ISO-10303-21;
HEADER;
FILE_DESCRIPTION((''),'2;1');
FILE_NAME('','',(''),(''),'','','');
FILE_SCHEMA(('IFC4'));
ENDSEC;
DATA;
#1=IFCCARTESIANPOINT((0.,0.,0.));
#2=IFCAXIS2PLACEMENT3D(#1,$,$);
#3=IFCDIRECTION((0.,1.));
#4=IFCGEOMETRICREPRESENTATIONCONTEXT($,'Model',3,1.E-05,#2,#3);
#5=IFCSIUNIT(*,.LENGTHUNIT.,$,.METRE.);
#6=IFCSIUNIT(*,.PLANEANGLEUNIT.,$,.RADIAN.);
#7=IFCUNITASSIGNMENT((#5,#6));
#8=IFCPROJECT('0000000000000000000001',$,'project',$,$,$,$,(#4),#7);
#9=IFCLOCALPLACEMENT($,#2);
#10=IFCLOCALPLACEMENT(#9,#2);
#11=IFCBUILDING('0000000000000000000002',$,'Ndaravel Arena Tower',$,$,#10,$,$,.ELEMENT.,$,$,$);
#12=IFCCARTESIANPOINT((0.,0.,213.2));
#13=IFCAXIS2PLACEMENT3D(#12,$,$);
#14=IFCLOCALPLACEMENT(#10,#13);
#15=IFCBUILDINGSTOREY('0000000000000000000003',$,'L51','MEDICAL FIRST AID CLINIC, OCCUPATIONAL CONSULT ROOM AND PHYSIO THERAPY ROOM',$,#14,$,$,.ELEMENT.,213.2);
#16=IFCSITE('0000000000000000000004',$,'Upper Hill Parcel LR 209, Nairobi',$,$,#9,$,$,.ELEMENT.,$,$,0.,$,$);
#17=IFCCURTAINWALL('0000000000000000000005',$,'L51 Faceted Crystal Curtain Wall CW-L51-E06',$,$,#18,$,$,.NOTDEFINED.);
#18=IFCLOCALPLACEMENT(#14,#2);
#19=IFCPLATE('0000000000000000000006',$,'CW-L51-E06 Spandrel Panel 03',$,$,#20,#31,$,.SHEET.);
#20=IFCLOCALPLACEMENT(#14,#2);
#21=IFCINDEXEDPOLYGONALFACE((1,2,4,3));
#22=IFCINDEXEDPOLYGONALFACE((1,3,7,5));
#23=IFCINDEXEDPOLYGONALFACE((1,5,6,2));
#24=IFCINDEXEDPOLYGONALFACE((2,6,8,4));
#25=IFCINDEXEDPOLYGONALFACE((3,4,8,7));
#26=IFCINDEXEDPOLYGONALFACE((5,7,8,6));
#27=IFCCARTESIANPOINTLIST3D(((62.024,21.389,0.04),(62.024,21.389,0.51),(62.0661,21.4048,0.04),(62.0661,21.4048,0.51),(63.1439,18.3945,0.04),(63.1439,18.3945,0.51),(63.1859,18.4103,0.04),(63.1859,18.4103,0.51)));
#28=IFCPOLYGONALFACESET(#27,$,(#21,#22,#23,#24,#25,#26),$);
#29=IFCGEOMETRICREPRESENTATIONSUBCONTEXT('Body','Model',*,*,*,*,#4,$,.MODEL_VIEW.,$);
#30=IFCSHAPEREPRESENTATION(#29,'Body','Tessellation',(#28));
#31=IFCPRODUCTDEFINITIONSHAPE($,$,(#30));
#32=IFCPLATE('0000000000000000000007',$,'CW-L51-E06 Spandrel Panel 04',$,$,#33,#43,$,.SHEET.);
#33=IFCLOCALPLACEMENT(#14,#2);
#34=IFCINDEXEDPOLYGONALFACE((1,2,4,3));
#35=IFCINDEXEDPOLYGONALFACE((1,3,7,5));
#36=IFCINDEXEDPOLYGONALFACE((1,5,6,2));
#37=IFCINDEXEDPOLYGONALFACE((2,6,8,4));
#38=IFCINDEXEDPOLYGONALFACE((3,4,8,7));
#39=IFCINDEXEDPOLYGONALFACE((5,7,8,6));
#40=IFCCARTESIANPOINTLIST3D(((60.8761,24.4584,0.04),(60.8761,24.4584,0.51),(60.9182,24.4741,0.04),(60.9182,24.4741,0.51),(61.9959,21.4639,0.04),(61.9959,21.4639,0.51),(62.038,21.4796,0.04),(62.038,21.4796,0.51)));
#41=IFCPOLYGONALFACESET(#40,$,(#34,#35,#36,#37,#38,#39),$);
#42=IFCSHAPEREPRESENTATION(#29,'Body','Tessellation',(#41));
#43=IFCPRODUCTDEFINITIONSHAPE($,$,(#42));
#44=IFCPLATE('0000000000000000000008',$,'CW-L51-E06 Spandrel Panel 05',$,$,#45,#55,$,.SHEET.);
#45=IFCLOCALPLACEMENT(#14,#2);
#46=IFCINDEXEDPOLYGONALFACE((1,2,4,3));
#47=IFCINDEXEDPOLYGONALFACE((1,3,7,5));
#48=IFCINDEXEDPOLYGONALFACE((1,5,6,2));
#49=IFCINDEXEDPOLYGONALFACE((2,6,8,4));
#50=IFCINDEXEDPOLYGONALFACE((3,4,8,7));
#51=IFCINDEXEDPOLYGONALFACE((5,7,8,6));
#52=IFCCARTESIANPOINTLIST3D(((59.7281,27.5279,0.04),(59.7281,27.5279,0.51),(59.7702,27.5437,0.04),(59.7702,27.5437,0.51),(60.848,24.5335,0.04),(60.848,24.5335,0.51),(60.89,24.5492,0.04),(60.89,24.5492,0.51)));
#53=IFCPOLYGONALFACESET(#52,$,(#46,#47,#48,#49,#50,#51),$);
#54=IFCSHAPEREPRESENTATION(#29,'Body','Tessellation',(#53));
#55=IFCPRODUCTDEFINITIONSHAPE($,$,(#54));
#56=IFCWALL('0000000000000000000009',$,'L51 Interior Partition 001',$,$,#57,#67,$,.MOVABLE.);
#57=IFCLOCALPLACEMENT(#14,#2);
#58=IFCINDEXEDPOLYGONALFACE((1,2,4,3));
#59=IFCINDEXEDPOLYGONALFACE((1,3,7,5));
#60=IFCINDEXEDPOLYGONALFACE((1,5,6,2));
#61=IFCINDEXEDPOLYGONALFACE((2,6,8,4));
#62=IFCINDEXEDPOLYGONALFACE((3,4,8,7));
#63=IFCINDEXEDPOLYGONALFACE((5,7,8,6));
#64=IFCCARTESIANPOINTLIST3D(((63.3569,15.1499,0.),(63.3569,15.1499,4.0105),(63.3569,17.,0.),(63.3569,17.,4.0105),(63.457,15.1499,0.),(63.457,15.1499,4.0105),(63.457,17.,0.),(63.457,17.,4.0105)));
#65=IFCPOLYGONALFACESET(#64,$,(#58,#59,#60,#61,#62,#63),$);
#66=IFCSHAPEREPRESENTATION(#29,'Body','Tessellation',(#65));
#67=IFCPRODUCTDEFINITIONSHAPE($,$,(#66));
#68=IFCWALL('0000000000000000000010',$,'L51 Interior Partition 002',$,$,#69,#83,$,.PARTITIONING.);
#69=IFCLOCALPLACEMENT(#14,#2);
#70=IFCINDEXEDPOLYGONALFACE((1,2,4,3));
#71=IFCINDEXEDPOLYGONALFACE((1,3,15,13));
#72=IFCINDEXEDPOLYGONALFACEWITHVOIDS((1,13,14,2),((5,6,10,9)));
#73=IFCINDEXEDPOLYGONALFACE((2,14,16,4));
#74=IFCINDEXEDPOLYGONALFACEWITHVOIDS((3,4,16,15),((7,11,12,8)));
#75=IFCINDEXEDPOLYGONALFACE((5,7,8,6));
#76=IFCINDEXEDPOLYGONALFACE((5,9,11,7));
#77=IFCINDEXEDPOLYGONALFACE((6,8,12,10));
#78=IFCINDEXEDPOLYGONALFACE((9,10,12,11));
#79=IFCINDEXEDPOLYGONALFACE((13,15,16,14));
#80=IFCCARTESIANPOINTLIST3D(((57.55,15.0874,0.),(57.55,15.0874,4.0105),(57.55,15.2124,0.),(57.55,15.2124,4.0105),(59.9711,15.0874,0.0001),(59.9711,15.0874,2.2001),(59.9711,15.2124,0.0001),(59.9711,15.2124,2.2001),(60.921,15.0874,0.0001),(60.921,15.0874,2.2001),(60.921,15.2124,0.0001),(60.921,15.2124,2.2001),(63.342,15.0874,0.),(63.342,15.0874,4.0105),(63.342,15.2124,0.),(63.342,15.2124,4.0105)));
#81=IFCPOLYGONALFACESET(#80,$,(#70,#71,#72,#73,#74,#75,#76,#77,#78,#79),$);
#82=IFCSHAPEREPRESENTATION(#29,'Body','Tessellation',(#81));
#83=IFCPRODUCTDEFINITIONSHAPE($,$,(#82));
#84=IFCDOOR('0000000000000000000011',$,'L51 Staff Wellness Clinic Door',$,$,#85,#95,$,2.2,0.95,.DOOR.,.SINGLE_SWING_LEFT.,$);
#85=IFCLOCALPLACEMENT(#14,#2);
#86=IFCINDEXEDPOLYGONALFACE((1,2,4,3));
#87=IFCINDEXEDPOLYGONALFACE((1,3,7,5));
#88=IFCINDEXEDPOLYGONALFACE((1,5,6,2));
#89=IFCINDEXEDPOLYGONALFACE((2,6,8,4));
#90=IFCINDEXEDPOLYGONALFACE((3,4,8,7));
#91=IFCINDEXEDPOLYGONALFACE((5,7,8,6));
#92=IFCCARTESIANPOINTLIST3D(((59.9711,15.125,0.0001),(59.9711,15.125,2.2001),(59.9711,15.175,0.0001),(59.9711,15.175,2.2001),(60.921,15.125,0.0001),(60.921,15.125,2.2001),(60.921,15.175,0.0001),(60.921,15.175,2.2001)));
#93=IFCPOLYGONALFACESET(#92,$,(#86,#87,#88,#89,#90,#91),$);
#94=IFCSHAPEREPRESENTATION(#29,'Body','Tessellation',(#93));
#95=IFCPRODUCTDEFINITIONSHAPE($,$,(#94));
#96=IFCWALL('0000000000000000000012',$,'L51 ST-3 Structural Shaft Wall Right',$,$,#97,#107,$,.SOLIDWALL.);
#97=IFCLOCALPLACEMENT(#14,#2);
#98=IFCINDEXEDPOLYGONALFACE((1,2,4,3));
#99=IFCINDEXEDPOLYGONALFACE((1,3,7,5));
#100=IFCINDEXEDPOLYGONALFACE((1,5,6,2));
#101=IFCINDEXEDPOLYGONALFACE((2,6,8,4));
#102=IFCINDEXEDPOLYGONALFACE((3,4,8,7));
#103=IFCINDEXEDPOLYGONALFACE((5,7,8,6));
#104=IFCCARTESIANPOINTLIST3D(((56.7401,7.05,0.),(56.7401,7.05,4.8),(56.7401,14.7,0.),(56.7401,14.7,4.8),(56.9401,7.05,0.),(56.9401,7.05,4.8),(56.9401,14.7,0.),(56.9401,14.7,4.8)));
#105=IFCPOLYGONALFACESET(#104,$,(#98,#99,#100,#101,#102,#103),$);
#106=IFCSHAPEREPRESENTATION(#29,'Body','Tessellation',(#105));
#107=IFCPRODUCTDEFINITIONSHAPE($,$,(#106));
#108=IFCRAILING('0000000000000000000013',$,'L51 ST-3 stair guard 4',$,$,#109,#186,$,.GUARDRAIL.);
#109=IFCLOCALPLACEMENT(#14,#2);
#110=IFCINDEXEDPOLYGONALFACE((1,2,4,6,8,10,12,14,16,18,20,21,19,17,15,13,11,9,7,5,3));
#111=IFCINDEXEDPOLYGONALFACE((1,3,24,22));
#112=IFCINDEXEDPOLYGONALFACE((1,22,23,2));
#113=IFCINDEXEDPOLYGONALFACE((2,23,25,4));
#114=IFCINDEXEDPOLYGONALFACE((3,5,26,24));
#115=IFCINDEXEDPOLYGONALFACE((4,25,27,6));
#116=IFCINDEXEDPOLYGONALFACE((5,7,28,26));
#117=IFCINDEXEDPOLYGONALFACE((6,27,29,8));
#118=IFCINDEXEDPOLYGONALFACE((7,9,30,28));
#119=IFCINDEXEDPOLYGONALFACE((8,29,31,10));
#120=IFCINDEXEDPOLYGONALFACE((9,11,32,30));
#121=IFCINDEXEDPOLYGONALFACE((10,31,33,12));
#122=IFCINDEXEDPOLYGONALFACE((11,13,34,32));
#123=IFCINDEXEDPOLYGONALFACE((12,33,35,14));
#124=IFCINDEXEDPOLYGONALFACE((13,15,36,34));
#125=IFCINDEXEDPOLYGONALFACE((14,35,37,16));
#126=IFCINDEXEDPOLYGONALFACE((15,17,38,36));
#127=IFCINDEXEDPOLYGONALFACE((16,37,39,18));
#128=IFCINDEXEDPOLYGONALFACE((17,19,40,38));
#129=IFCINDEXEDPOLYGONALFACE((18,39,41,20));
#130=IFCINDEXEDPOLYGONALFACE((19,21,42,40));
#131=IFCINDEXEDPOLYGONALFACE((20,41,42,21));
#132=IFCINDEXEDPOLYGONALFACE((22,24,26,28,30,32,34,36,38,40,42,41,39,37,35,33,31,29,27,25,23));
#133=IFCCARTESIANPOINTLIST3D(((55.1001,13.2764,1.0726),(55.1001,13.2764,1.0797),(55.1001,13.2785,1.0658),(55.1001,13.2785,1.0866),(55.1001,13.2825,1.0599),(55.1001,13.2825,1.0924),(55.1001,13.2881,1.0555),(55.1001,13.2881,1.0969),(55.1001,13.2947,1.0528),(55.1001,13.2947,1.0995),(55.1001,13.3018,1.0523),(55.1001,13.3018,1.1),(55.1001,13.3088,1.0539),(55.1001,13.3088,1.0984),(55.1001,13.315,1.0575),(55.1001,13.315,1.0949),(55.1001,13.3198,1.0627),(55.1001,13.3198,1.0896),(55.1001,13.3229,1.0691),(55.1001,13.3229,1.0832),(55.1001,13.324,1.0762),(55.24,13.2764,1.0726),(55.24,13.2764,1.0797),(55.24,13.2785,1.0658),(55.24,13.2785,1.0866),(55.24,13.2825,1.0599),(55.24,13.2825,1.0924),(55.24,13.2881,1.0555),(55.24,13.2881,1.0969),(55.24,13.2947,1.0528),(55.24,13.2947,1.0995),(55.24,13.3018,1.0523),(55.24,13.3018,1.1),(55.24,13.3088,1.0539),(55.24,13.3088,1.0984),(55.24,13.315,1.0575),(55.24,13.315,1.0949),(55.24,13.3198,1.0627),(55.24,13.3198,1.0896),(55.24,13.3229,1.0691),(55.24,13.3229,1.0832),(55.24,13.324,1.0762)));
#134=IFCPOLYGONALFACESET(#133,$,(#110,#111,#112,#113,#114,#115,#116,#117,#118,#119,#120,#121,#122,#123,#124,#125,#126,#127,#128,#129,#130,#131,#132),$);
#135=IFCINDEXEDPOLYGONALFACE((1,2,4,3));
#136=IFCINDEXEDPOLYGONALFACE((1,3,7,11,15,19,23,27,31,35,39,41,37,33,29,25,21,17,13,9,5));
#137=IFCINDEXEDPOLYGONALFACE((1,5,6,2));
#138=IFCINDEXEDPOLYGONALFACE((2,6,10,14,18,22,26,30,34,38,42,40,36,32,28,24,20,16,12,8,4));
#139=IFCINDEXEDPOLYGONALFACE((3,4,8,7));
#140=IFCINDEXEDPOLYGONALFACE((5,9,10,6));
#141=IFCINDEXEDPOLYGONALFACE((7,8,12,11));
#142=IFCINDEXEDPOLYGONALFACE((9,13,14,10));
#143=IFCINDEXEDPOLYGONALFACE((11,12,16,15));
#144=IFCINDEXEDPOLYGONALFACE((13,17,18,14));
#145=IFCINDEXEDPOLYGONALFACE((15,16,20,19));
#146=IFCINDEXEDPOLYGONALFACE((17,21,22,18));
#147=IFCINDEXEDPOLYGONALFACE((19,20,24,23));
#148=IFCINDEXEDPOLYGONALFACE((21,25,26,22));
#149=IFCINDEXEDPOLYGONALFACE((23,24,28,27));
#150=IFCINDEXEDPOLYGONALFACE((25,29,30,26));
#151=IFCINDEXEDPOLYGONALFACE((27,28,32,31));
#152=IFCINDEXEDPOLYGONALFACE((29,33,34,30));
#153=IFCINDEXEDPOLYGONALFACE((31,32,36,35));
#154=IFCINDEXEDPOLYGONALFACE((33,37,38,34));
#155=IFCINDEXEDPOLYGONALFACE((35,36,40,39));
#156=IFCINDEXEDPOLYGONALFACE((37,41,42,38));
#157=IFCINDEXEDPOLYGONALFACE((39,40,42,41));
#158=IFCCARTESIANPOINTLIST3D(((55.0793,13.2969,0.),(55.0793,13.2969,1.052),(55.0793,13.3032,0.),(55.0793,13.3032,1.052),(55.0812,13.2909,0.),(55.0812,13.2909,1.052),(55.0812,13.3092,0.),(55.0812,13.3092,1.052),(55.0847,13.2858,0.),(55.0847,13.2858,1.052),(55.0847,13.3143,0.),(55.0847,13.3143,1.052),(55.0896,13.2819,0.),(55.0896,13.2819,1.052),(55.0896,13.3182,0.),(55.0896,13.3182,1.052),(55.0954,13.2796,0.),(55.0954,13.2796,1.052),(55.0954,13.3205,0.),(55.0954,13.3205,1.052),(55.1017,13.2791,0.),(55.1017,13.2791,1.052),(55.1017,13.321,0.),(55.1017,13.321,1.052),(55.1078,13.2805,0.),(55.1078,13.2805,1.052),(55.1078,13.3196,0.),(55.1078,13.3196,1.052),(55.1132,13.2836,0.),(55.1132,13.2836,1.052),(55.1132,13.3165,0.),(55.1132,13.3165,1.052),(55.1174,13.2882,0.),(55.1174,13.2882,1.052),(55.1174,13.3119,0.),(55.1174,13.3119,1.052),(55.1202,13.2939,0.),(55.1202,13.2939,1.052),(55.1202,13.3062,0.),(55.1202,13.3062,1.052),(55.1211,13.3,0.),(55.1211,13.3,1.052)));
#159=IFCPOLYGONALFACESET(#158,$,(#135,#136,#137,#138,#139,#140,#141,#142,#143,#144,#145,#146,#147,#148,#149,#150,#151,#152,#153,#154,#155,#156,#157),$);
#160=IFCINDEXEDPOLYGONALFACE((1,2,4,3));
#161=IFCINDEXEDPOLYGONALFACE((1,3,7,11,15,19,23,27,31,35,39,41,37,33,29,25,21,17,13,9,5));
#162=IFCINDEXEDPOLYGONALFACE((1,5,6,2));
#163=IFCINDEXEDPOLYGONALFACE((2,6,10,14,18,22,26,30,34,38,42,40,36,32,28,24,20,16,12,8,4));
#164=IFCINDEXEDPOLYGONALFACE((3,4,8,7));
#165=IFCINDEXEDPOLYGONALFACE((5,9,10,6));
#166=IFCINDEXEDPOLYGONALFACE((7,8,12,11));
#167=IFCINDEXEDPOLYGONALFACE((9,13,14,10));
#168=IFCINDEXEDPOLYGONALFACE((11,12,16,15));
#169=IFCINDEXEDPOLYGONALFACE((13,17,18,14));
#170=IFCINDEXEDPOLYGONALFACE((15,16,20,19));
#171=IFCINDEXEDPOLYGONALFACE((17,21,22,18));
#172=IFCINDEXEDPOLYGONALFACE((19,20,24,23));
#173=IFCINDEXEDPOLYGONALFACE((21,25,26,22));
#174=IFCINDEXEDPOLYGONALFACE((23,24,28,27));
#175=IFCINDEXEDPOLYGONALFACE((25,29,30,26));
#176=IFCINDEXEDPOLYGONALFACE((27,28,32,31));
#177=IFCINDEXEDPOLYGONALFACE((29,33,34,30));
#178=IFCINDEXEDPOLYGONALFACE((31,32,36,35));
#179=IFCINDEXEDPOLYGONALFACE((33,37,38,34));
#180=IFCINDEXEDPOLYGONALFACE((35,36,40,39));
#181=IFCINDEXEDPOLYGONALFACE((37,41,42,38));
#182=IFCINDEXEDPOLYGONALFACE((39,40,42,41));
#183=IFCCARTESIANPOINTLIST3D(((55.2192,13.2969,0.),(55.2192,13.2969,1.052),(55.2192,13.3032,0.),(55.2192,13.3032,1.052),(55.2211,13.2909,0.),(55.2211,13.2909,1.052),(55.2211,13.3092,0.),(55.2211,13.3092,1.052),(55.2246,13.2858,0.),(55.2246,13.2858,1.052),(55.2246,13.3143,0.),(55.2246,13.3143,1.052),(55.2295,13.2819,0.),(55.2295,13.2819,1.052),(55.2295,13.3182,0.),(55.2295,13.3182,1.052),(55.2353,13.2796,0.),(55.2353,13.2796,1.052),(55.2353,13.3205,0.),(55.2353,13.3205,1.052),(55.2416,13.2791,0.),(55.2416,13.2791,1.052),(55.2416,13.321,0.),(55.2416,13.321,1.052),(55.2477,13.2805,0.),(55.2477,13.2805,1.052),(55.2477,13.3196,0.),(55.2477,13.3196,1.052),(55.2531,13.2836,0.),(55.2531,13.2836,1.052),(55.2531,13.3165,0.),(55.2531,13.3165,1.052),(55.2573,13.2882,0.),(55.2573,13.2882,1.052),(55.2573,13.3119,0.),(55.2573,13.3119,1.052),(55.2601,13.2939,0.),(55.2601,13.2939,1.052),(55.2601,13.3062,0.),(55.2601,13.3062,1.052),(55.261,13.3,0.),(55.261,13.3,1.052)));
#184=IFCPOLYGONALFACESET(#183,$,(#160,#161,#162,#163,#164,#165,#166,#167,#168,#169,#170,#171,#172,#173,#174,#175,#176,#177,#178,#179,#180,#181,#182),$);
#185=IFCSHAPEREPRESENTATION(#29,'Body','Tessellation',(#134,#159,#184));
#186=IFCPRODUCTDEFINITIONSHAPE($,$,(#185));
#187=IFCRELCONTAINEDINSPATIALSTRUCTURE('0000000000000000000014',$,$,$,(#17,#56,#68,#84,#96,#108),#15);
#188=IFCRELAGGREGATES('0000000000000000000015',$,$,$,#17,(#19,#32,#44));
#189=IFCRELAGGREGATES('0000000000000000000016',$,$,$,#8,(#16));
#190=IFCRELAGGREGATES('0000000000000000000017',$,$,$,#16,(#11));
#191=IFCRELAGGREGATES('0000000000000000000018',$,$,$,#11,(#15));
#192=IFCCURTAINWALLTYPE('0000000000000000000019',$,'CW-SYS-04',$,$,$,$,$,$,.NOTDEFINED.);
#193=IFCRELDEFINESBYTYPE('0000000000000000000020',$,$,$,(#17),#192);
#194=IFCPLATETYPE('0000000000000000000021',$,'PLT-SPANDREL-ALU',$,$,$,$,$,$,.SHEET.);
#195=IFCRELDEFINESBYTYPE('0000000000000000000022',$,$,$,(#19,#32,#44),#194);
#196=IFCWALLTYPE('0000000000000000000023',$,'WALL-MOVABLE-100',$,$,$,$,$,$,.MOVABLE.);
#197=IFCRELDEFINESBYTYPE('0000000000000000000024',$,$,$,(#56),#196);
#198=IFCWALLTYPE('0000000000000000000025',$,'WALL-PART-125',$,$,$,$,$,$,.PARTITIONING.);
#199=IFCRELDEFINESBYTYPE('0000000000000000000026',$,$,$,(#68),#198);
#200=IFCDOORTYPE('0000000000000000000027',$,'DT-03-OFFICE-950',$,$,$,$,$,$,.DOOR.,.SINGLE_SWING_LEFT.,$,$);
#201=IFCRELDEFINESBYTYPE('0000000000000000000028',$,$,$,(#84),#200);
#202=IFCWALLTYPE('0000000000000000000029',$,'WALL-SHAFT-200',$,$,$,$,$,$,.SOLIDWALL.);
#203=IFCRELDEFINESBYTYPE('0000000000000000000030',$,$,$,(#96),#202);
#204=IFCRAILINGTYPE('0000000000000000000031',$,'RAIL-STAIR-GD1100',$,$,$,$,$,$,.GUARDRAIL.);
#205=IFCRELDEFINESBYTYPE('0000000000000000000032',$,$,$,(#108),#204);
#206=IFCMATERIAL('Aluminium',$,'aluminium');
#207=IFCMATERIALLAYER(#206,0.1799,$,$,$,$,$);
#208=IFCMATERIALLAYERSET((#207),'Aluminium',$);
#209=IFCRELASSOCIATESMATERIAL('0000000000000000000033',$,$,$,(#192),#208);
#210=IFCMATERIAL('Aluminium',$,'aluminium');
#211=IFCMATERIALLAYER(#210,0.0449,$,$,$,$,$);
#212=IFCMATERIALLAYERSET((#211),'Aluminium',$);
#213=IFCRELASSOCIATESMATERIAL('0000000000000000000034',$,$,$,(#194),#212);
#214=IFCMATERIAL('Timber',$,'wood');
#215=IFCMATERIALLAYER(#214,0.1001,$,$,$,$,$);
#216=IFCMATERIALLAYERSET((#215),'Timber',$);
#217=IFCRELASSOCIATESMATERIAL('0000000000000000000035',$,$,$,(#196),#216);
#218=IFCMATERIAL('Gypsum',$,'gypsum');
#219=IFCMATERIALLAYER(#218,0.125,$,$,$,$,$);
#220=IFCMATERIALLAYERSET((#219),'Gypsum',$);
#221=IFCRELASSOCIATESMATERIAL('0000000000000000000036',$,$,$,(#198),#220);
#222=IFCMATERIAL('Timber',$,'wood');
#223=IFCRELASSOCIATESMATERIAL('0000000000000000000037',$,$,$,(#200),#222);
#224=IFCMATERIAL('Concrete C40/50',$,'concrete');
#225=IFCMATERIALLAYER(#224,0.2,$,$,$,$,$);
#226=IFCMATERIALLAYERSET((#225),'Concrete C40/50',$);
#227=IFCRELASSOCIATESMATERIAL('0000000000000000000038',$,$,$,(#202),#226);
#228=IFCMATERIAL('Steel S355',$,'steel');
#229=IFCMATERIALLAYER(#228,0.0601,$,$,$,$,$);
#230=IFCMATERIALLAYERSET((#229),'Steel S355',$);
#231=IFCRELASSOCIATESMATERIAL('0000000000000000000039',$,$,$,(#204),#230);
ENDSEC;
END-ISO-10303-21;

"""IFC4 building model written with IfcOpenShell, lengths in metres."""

from ifc_helpers import new_model, si_unit, direction, frame, frame_2d, origin, origin_2d, place, context, subcontext, project, spatial, rectangle, circle, extrude, material, layer, layer_set, type_object, element, fill, aggregate, save


model = new_model("IFC4")

# Units and contexts
model_context = context("Model", 3, precision=1e-05, world=origin(), true_north=direction((0.0, 1.0)))
body_context = subcontext(model_context, "Body", "Model", "MODEL_VIEW")
ifc_project = project(units=[si_unit("LENGTHUNIT", "METRE"), si_unit("PLANEANGLEUNIT", "RADIAN")], contexts=[model_context])

# Site, building, storey
site_placement = place(None, origin())
site = spatial("IfcSite", under=ifc_project, at=site_placement, Name="Upper Hill Parcel LR 209, Nairobi", CompositionType="ELEMENT", RefElevation=0.0)
building_placement = place(site_placement, origin())
building = spatial("IfcBuilding", under=site, at=building_placement, Name="Ndaravel Arena Tower", CompositionType="ELEMENT")
storey_placement = place(building_placement, frame((0.0, 0.0, 213.2)))
storey = spatial("IfcBuildingStorey", under=building, at=storey_placement, Name="L51", Description="MEDICAL FIRST AID CLINIC, OCCUPATIONAL CONSULT ROOM AND PHYSIO THERAPY ROOM", CompositionType="ELEMENT", Elevation=213.2)

# Curtain wall
ifc_material_1 = material(Name="Aluminium", Category="aluminium")
ifc_layer_1 = layer(ifc_material_1, 0.1799)
ifc_layer_set_1 = layer_set([ifc_layer_1], Name="Aluminium")
curtain_wall_type = type_object("IfcCurtainWallType", Name="CW-SYS-04", PredefinedType="NOTDEFINED", material=ifc_layer_set_1)
curtain_wall_placement = place(storey_placement, origin())
curtain_wall = element("IfcCurtainWall", 1, at=curtain_wall_placement, inside=storey, type_object=curtain_wall_type, Name="L51 Faceted Crystal Curtain Wall CW-L51-E06", PredefinedType="NOTDEFINED")

# Plates
ifc_material_2 = material(Name="Aluminium", Category="aluminium")
ifc_layer_2 = layer(ifc_material_2, 0.0449)
ifc_layer_set_2 = layer_set([ifc_layer_2], Name="Aluminium")
plate_type_1 = type_object("IfcPlateType", Name="PLT-SPANDREL-ALU", PredefinedType="SHEET", material=ifc_layer_set_2)
plate_1_placement = place(storey_placement, frame((62.605, 19.8997, 0.04), z_axis=(0.0, 0.0, 1.0), x_axis=(-0.350273, 0.936648, 0.0)))
plate_1 = element("IfcPlate", 2, at=plate_1_placement, type_object=plate_type_1, Name="CW-L51-E06 Spandrel Panel 03", PredefinedType="SHEET", context=body_context, shape_type="SweptSolid", body=[
    extrude(rectangle(XDim=3.197, YDim=0.0449, at=origin_2d()), origin(), (0.0, 0.0, 1.0), 0.47),
])
plate_2_placement = place(storey_placement, frame((61.457, 22.969, 0.04), z_axis=(0.0, 0.0, 1.0), x_axis=(-0.350273, 0.936648, 0.0)))
plate_2 = element("IfcPlate", 3, at=plate_2_placement, type_object=plate_type_1, Name="CW-L51-E06 Spandrel Panel 04", PredefinedType="SHEET", context=body_context, shape_type="SweptSolid", body=[
    extrude(rectangle(XDim=3.197, YDim=0.0449, at=origin_2d()), origin(), (0.0, 0.0, 1.0), 0.47),
])
plate_3_placement = place(storey_placement, frame((60.3091, 26.0386, 0.04), z_axis=(0.0, 0.0, 1.0), x_axis=(-0.350273, 0.936648, 0.0)))
plate_3 = element("IfcPlate", 4, at=plate_3_placement, type_object=plate_type_1, Name="CW-L51-E06 Spandrel Panel 05", PredefinedType="SHEET", context=body_context, shape_type="SweptSolid", body=[
    extrude(rectangle(XDim=3.197, YDim=0.0449, at=origin_2d()), origin(), (0.0, 0.0, 1.0), 0.47),
])
aggregate(curtain_wall, [plate_1, plate_2, plate_3])

# Wall
ifc_material_3 = material(Name="Timber", Category="wood")
ifc_layer_3 = layer(ifc_material_3, 0.1001)
ifc_layer_set_3 = layer_set([ifc_layer_3], Name="Timber")
wall_type_1 = type_object("IfcWallType", Name="WALL-MOVABLE-100", PredefinedType="MOVABLE", material=ifc_layer_set_3)
wall_1_placement = place(storey_placement, frame((63.407, 17.0, 0.0), z_axis=(0.0, 0.0, 1.0), x_axis=(0.0, -1.0, 0.0)))
element("IfcWall", 5, at=wall_1_placement, inside=storey, type_object=wall_type_1, Name="L51 Interior Partition 001", PredefinedType="MOVABLE", context=body_context, shape_type="SweptSolid", body=[
    extrude(rectangle(XDim=1.8501, YDim=0.1001, at=frame_2d((0.925, 0.0))), origin(), (0.0, 0.0, 1.0), 4.0105),
])

# Wall, opening, door
ifc_material_4 = material(Name="Gypsum", Category="gypsum")
ifc_layer_4 = layer(ifc_material_4, 0.125)
ifc_layer_set_4 = layer_set([ifc_layer_4], Name="Gypsum")
wall_type_2 = type_object("IfcWallType", Name="WALL-PART-125", PredefinedType="PARTITIONING", material=ifc_layer_set_4)
wall_2_placement = place(storey_placement, frame((63.342, 15.1499, 0.0), z_axis=(0.0, 0.0, 1.0), x_axis=(-1.0, 0.0, 0.0)))
wall_2 = element("IfcWall", 6, at=wall_2_placement, inside=storey, type_object=wall_type_2, Name="L51 Interior Partition 002", PredefinedType="PARTITIONING", context=body_context, shape_type="SweptSolid", body=[
    extrude(rectangle(XDim=5.792, YDim=0.125, at=frame_2d((2.896, 0.0))), origin(), (0.0, 0.0, 1.0), 4.0105),
])
opening_placement = place(wall_2_placement, frame((2.4209, 0.0, 0.0)))
opening = element("IfcOpeningElement", 7, at=opening_placement, cuts=wall_2, PredefinedType="OPENING", context=body_context, shape_type="SweptSolid", body=[
    extrude(rectangle(XDim=0.95, YDim=2.2, at=frame_2d((0.4751, 1.1001))), frame((0.0, 0.0625, 0.0), z_axis=(0.0, -1.0, 0.0), x_axis=(1.0, 0.0, 0.0)), (0.0, 0.0, 1.0), 0.125),
])
ifc_material_5 = material(Name="Timber", Category="wood")
door_type = type_object("IfcDoorType", Name="DT-03-OFFICE-950", OperationType="SINGLE_SWING_LEFT", PredefinedType="DOOR", material=ifc_material_5)
door_placement = place(opening_placement, origin())
door = element("IfcDoor", 8, at=door_placement, inside=storey, type_object=door_type, Name="L51 Staff Wellness Clinic Door", OperationType="SINGLE_SWING_LEFT", OverallHeight=2.2, OverallWidth=0.95, PredefinedType="DOOR", context=body_context, shape_type="SweptSolid", body=[
    extrude(rectangle(XDim=0.95, YDim=2.2, at=frame_2d((0.4751, 1.1001))), frame((0.0, 0.0249, 0.0), z_axis=(0.0, -1.0, 0.0), x_axis=(1.0, 0.0, 0.0)), (0.0, 0.0, 1.0), 0.05),
])
fill(opening, door)

# Wall
ifc_material_6 = material(Name="Concrete C40/50", Category="concrete")
ifc_layer_5 = layer(ifc_material_6, 0.2)
ifc_layer_set_5 = layer_set([ifc_layer_5], Name="Concrete C40/50")
wall_type_3 = type_object("IfcWallType", Name="WALL-SHAFT-200", PredefinedType="SOLIDWALL", material=ifc_layer_set_5)
wall_3_placement = place(storey_placement, frame((56.8401, 14.7, 0.0), z_axis=(0.0, 0.0, 1.0), x_axis=(0.0, -1.0, 0.0)))
element("IfcWall", 9, at=wall_3_placement, inside=storey, type_object=wall_type_3, Name="L51 ST-3 Structural Shaft Wall Right", PredefinedType="SOLIDWALL", context=body_context, shape_type="SweptSolid", body=[
    extrude(rectangle(XDim=7.6499, YDim=0.2, at=frame_2d((3.825, 0.0))), origin(), (0.0, 0.0, 1.0), 4.8),
])

# Railing
ifc_material_7 = material(Name="Steel S355", Category="steel")
ifc_layer_6 = layer(ifc_material_7, 0.0601)
ifc_layer_set_6 = layer_set([ifc_layer_6], Name="Steel S355")
railing_type = type_object("IfcRailingType", Name="RAIL-STAIR-GD1100", PredefinedType="GUARDRAIL", material=ifc_layer_set_6)
railing_1_placement = place(storey_placement, frame((55.1001, 13.3, 0.0)))
element("IfcRailing", 10, at=railing_1_placement, inside=storey, type_object=railing_type, Name="L51 ST-3 stair guard 4", PredefinedType="GUARDRAIL", context=body_context, shape_type="SweptSolid", body=[
    extrude(circle(Radius=0.0239, at=origin_2d()), frame((0.0, 0.0, 1.0762), z_axis=(1.0, 0.0, 0.0), x_axis=(0.0, 1.0, 0.0)), (0.0, 0.0, 1.0), 0.1399),
    extrude(circle(Radius=0.021, at=origin_2d()), origin(), (0.0, 0.0, 1.0), 1.052),
    extrude(circle(Radius=0.021, at=origin_2d()), frame((0.1399, 0.0, 0.0)), (0.0, 0.0, 1.0), 1.052),
])

save(model, "model.ifc")
